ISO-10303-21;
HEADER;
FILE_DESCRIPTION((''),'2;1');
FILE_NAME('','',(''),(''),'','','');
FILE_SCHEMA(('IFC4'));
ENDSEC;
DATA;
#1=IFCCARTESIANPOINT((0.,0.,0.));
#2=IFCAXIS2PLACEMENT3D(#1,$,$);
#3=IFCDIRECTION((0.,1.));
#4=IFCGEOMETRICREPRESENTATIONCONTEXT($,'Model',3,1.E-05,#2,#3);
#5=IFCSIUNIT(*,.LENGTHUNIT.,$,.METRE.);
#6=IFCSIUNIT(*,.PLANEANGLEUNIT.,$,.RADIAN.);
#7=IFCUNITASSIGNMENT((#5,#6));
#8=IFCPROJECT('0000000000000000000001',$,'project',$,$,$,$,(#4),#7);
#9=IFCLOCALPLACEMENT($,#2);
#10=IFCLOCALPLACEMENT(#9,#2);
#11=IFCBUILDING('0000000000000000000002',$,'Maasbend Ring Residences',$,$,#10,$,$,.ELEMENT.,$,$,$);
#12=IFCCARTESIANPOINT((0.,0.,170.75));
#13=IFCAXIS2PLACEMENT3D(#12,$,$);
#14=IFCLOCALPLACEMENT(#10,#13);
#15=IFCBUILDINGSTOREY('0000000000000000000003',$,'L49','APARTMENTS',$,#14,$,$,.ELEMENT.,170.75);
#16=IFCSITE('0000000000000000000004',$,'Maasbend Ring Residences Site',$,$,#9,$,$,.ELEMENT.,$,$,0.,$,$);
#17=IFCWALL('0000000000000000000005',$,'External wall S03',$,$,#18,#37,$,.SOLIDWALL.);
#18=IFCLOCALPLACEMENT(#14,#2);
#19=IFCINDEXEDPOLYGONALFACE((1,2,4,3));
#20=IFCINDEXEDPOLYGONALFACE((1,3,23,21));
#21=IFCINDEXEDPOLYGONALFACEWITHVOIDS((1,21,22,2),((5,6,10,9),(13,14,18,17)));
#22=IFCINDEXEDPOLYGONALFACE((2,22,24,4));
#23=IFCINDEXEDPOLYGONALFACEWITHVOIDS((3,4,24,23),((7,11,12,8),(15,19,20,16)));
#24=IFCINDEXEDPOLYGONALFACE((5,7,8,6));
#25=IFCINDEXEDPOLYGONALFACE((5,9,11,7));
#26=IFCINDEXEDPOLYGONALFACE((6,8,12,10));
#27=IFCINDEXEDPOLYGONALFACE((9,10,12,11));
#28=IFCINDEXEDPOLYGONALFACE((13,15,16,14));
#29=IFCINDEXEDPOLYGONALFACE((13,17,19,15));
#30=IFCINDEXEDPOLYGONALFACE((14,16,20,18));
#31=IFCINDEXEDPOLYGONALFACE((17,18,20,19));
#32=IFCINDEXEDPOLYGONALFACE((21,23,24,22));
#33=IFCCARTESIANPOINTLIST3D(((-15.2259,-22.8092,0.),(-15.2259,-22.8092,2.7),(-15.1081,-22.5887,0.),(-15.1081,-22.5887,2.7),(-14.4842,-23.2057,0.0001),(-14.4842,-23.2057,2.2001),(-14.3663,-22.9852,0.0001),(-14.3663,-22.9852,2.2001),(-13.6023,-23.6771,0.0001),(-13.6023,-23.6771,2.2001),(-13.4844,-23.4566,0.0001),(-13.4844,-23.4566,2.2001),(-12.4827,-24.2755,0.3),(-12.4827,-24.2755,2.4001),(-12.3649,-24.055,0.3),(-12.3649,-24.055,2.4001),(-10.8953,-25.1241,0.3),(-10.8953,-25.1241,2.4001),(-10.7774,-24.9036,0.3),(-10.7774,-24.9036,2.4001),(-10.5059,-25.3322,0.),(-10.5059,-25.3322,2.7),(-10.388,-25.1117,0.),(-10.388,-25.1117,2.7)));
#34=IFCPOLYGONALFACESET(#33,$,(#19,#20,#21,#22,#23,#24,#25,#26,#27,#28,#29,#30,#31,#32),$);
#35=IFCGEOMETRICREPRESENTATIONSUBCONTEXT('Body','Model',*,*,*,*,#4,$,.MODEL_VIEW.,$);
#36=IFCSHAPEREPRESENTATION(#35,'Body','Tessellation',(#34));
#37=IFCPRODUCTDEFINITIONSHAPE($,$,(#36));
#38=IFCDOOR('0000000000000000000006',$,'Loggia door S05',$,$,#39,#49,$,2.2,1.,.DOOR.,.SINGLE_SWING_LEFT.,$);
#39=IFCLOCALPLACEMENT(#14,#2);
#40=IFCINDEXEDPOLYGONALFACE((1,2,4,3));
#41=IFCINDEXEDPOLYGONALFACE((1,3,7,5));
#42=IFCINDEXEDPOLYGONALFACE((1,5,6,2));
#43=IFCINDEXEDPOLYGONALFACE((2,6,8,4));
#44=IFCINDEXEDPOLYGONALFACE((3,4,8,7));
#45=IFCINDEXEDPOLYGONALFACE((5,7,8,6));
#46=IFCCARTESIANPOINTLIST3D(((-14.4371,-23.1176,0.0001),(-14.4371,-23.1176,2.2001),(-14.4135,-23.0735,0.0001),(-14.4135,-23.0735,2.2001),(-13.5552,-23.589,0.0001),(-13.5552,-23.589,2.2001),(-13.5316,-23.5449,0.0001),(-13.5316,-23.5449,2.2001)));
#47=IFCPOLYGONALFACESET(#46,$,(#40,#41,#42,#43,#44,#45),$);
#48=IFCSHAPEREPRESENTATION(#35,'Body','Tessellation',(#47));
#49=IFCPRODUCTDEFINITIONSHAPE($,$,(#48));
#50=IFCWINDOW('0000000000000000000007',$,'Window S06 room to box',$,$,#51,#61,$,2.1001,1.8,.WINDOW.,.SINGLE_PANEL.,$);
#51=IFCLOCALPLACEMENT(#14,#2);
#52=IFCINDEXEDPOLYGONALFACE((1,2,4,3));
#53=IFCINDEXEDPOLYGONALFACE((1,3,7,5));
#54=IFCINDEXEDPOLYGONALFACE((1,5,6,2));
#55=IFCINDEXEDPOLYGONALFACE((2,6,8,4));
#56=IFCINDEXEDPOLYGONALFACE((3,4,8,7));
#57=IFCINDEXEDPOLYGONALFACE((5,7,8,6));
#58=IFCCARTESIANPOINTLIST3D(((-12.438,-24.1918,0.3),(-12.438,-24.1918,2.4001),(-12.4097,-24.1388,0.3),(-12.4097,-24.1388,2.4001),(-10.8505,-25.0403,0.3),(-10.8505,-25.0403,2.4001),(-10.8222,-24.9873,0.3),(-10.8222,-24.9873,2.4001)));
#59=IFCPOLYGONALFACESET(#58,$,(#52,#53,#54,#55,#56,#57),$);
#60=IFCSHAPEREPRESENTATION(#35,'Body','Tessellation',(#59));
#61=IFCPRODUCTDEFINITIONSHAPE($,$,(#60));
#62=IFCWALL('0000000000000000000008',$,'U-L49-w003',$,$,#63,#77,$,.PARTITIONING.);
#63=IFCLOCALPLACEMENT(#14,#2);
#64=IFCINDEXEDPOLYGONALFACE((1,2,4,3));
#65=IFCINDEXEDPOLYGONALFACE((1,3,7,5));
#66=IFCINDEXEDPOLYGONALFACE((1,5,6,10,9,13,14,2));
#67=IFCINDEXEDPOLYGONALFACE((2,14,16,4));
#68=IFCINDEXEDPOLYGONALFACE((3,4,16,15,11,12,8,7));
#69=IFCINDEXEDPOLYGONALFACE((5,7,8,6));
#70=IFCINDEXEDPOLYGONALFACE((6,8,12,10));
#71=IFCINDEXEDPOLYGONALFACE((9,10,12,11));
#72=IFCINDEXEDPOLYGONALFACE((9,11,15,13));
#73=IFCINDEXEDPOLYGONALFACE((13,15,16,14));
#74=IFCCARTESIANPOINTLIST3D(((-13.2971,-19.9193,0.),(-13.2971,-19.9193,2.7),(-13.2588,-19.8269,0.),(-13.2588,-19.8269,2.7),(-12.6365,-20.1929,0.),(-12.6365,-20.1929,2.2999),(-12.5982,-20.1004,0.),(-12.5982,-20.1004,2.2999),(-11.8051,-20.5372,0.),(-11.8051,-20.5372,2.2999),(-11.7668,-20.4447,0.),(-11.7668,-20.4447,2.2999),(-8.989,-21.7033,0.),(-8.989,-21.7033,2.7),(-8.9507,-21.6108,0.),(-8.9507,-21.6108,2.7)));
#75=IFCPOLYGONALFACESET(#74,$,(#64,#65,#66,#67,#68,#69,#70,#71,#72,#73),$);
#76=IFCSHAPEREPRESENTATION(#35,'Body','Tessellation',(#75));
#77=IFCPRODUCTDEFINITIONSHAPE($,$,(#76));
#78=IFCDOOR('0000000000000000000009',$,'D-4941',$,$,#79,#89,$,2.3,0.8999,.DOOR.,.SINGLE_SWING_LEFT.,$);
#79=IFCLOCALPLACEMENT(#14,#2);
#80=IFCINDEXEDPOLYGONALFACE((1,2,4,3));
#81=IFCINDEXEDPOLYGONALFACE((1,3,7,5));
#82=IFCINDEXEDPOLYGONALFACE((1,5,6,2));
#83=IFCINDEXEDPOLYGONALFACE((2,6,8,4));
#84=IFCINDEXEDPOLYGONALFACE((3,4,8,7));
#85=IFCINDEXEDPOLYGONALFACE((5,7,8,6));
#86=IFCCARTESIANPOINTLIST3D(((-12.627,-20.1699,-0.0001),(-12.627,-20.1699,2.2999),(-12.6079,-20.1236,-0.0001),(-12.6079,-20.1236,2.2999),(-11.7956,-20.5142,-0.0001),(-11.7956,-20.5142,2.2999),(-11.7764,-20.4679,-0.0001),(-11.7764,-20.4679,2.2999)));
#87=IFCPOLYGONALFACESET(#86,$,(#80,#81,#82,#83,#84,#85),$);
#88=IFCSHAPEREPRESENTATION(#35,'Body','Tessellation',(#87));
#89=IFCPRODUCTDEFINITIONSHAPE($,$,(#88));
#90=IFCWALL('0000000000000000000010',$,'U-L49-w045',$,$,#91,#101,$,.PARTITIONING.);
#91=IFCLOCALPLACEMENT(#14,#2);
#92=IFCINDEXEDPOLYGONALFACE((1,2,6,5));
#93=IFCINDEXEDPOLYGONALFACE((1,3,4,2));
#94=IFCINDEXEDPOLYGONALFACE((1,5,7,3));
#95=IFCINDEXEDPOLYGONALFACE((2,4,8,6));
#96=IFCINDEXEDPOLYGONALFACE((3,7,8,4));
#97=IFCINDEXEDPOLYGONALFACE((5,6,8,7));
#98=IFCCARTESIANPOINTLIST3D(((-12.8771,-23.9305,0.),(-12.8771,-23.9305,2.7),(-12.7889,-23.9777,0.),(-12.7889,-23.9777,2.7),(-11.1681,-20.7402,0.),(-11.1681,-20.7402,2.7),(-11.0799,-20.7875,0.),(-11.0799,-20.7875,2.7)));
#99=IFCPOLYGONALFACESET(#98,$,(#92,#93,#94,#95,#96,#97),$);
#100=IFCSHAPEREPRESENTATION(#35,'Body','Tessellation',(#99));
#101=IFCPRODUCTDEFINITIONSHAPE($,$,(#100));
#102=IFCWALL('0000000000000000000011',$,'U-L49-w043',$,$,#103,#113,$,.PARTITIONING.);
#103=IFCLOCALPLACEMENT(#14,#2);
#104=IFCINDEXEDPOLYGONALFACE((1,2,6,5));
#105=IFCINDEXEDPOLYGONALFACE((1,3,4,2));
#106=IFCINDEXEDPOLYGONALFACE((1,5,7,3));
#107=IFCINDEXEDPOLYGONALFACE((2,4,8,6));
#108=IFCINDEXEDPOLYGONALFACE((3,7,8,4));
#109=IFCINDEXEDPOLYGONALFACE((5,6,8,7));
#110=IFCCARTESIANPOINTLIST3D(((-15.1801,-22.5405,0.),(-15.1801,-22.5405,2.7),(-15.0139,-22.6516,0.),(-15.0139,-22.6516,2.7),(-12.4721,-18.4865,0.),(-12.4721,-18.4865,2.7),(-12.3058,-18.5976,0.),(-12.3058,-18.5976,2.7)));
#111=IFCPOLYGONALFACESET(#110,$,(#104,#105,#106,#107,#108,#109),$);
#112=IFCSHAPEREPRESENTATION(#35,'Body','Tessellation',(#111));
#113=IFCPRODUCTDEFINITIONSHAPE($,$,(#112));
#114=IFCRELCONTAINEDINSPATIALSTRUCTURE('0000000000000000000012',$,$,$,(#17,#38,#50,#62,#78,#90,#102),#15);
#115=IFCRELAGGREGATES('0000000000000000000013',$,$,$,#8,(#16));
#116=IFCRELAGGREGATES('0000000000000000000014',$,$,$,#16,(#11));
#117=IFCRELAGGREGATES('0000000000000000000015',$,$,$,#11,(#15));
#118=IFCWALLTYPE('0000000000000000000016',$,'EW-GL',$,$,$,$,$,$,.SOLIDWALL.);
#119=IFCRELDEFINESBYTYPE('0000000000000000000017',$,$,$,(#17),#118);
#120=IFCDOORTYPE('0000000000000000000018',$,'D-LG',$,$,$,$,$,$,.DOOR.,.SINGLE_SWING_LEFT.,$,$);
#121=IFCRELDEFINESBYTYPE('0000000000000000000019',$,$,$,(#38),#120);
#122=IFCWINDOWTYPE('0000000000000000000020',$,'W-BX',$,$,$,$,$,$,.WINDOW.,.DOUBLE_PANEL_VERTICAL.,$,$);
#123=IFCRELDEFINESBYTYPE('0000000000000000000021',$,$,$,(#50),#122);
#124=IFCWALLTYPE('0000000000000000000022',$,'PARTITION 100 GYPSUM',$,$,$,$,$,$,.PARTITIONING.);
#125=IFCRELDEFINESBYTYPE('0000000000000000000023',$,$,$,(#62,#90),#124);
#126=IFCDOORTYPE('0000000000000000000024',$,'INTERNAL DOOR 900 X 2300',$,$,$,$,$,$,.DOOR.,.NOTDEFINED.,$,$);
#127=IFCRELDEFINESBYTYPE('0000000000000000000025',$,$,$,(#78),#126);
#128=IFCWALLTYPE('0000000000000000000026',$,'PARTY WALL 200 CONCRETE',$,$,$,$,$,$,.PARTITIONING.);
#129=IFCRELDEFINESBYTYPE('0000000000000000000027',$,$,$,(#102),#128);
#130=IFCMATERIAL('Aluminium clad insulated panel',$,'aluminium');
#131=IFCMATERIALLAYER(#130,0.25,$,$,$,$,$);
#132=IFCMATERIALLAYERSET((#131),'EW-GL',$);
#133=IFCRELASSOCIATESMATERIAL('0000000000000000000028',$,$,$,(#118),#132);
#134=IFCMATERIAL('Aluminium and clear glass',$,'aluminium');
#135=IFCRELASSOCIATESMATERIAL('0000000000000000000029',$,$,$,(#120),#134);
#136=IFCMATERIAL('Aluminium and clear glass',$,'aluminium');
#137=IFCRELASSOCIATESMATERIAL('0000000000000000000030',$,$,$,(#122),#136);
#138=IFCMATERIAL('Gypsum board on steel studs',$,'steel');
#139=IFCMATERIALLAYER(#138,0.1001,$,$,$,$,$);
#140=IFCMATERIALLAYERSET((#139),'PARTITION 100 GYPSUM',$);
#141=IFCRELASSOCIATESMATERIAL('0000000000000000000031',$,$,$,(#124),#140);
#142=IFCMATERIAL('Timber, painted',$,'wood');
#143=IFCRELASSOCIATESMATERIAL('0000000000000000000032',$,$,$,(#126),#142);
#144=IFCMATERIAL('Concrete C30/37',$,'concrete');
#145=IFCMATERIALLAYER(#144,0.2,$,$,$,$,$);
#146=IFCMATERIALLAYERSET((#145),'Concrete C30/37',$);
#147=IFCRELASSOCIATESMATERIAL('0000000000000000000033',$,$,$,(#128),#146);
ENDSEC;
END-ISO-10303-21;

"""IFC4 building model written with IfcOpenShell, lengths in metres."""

from ifc_helpers import new_model, si_unit, direction, frame, frame_2d, origin, place, context, subcontext, project, spatial, rectangle, extrude, material, layer, layer_set, type_object, element, fill, save


model = new_model("IFC4")

# Units and contexts
model_context = context("Model", 3, precision=1e-05, world=origin(), true_north=direction((0.0, 1.0)))
body_context = subcontext(model_context, "Body", "Model", "MODEL_VIEW")
ifc_project = project(units=[si_unit("LENGTHUNIT", "METRE"), si_unit("PLANEANGLEUNIT", "RADIAN")], contexts=[model_context])

# Site, building, storey
site_placement = place(None, origin())
site = spatial("IfcSite", under=ifc_project, at=site_placement, Name="Maasbend Ring Residences Site", CompositionType="ELEMENT", RefElevation=0.0)
building_placement = place(site_placement, origin())
building = spatial("IfcBuilding", under=site, at=building_placement, Name="Maasbend Ring Residences", CompositionType="ELEMENT")
storey_placement = place(building_placement, frame((0.0, 0.0, 170.75)))
storey = spatial("IfcBuildingStorey", under=building, at=storey_placement, Name="L49", Description="APARTMENTS", CompositionType="ELEMENT", Elevation=170.75)

# Wall, openings, door, window
ifc_material_1 = material(Name="Aluminium clad insulated panel", Category="aluminium")
ifc_layer_1 = layer(ifc_material_1, 0.25)
ifc_layer_set_1 = layer_set([ifc_layer_1], Name="EW-GL")
wall_type_1 = type_object("IfcWallType", Name="EW-GL", PredefinedType="SOLIDWALL", material=ifc_layer_set_1)
wall_1_placement = place(storey_placement, frame((-15.167, -22.699, 0.0), z_axis=(0.0, 0.0, 1.0), x_axis=(0.881916, -0.471407, 0.0)))
wall_1 = element("IfcWall", 1, at=wall_1_placement, inside=storey, type_object=wall_type_1, Name="External wall S03", PredefinedType="SOLIDWALL", context=body_context, shape_type="SweptSolid", body=[
    extrude(rectangle(XDim=5.3521, YDim=0.25, at=frame_2d((2.676, 0.0))), origin(), (0.0, 0.0, 1.0), 2.7),
])
opening_1_placement = place(wall_1_placement, frame((0.8411, 0.0, 0.0)))
opening_1 = element("IfcOpeningElement", 2, at=opening_1_placement, cuts=wall_1, PredefinedType="OPENING", context=body_context, shape_type="SweptSolid", body=[
    extrude(rectangle(XDim=1.0, YDim=2.2, at=frame_2d((0.5, 1.1001))), frame((0.0, 0.135, 0.0), z_axis=(0.0, -1.0, 0.0), x_axis=(1.0, 0.0, 0.0)), (0.0, 0.0, 1.0), 0.27),
])
opening_2_placement = place(wall_1_placement, frame((3.1106, 0.0, 0.3)))
opening_2 = element("IfcOpeningElement", 3, at=opening_2_placement, cuts=wall_1, PredefinedType="OPENING", context=body_context, shape_type="SweptSolid", body=[
    extrude(rectangle(XDim=1.8, YDim=2.1001, at=frame_2d((0.8999, 1.05))), frame((0.0, 0.135, 0.0), z_axis=(0.0, -1.0, 0.0), x_axis=(1.0, 0.0, 0.0)), (0.0, 0.0, 1.0), 0.27),
])
ifc_material_2 = material(Name="Aluminium and clear glass", Category="aluminium")
door_type_1 = type_object("IfcDoorType", Name="D-LG", OperationType="SINGLE_SWING_LEFT", PredefinedType="DOOR", material=ifc_material_2)
door_1_placement = place(opening_1_placement, origin())
door_1 = element("IfcDoor", 4, at=door_1_placement, inside=storey, type_object=door_type_1, Name="Loggia door S05", OperationType="SINGLE_SWING_LEFT", OverallHeight=2.2, OverallWidth=1.0, PredefinedType="DOOR", context=body_context, shape_type="SweptSolid", body=[
    extrude(rectangle(XDim=1.0, YDim=2.2, at=frame_2d((0.5, 1.1001))), frame((0.0, 0.0249, 0.0), z_axis=(0.0, -1.0, 0.0), x_axis=(1.0, 0.0, 0.0)), (0.0, 0.0, 1.0), 0.05),
])
fill(opening_1, door_1)
ifc_material_3 = material(Name="Aluminium and clear glass", Category="aluminium")
window_type_1 = type_object("IfcWindowType", Name="W-BX", PartitioningType="DOUBLE_PANEL_VERTICAL", PredefinedType="WINDOW", material=ifc_material_3)
window_1_placement = place(opening_2_placement, origin())
window_1 = element("IfcWindow", 5, at=window_1_placement, inside=storey, type_object=window_type_1, Name="Window S06 room to box", OverallHeight=2.1001, OverallWidth=1.8, PartitioningType="SINGLE_PANEL", PredefinedType="WINDOW", context=body_context, shape_type="SweptSolid", body=[
    extrude(rectangle(XDim=1.8, YDim=2.1001, at=frame_2d((0.8999, 1.05))), frame((0.0, 0.03, 0.0), z_axis=(0.0, -1.0, 0.0), x_axis=(1.0, 0.0, 0.0)), (0.0, 0.0, 1.0), 0.0601),
])
fill(opening_2, window_1)

# Wall, opening, door
ifc_material_4 = material(Name="Gypsum board on steel studs", Category="steel")
ifc_layer_2 = layer(ifc_material_4, 0.1001)
ifc_layer_set_2 = layer_set([ifc_layer_2], Name="PARTITION 100 GYPSUM")
wall_type_2 = type_object("IfcWallType", Name="PARTITION 100 GYPSUM", PredefinedType="PARTITIONING", material=ifc_layer_set_2)
wall_2_placement = place(storey_placement, frame((-13.2781, -19.873, 0.0), z_axis=(0.0, 0.0, 1.0), x_axis=(0.92392, -0.382585, 0.0)))
wall_2 = element("IfcWall", 6, at=wall_2_placement, inside=storey, type_object=wall_type_2, Name="U-L49-w003", PredefinedType="PARTITIONING", context=body_context, shape_type="SweptSolid", body=[
    extrude(rectangle(XDim=4.6628, YDim=0.1001, at=frame_2d((2.3315, 0.0))), origin(), (0.0, 0.0, 1.0), 2.7),
])
opening_3_placement = place(wall_2_placement, frame((0.7151, 0.0, 0.0)))
opening_3 = element("IfcOpeningElement", 7, at=opening_3_placement, cuts=wall_2, PredefinedType="OPENING", context=body_context, shape_type="SweptSolid", body=[
    extrude(rectangle(XDim=0.8999, YDim=2.3, at=frame_2d((0.45, 1.1499))), frame((0.0, 0.0601, 0.0), z_axis=(0.0, -1.0, 0.0), x_axis=(1.0, 0.0, 0.0)), (0.0, 0.0, 1.0), 0.1201),
])
ifc_material_5 = material(Name="Timber, painted", Category="wood")
door_type_2 = type_object("IfcDoorType", Name="INTERNAL DOOR 900 X 2300", OperationType="NOTDEFINED", PredefinedType="DOOR", material=ifc_material_5)
door_2_placement = place(opening_3_placement, origin())
door_2 = element("IfcDoor", 8, at=door_2_placement, inside=storey, type_object=door_type_2, Name="D-4941", OperationType="SINGLE_SWING_LEFT", OverallHeight=2.3, OverallWidth=0.8999, PredefinedType="DOOR", context=body_context, shape_type="SweptSolid", body=[
    extrude(rectangle(XDim=0.8999, YDim=2.3, at=frame_2d((0.45, 1.1499))), frame((0.0, 0.0249, 0.0), z_axis=(0.0, -1.0, 0.0), x_axis=(1.0, 0.0, 0.0)), (0.0, 0.0, 1.0), 0.05),
])
fill(opening_3, door_2)

# Walls
wall_3_placement = place(storey_placement, frame((-12.833, -23.9541, 0.0), z_axis=(0.0, 0.0, 1.0), x_axis=(0.472212, 0.881485, 0.0)))
element("IfcWall", 9, at=wall_3_placement, inside=storey, type_object=wall_type_2, Name="U-L49-w045", PredefinedType="PARTITIONING", context=body_context, shape_type="SweptSolid", body=[
    extrude(rectangle(XDim=3.6191, YDim=0.1001, at=frame_2d((1.8096, 0.0))), origin(), (0.0, 0.0, 1.0), 2.7),
])
ifc_material_6 = material(Name="Concrete C30/37", Category="concrete")
ifc_layer_3 = layer(ifc_material_6, 0.2)
ifc_layer_set_3 = layer_set([ifc_layer_3], Name="Concrete C30/37")
wall_type_3 = type_object("IfcWallType", Name="PARTY WALL 200 CONCRETE", PredefinedType="PARTITIONING", material=ifc_layer_set_3)
wall_4_placement = place(storey_placement, frame((-15.0969, -22.5959, 0.0), z_axis=(0.0, 0.0, 1.0), x_axis=(0.555463, 0.831541, 0.0)))
element("IfcWall", 10, at=wall_4_placement, inside=storey, type_object=wall_type_3, Name="U-L49-w043", PredefinedType="PARTITIONING", context=body_context, shape_type="SweptSolid", body=[
    extrude(rectangle(XDim=4.8752, YDim=0.2, at=frame_2d((2.4375, 0.0))), origin(), (0.0, 0.0, 1.0), 2.7),
])

save(model, "model.ifc")
